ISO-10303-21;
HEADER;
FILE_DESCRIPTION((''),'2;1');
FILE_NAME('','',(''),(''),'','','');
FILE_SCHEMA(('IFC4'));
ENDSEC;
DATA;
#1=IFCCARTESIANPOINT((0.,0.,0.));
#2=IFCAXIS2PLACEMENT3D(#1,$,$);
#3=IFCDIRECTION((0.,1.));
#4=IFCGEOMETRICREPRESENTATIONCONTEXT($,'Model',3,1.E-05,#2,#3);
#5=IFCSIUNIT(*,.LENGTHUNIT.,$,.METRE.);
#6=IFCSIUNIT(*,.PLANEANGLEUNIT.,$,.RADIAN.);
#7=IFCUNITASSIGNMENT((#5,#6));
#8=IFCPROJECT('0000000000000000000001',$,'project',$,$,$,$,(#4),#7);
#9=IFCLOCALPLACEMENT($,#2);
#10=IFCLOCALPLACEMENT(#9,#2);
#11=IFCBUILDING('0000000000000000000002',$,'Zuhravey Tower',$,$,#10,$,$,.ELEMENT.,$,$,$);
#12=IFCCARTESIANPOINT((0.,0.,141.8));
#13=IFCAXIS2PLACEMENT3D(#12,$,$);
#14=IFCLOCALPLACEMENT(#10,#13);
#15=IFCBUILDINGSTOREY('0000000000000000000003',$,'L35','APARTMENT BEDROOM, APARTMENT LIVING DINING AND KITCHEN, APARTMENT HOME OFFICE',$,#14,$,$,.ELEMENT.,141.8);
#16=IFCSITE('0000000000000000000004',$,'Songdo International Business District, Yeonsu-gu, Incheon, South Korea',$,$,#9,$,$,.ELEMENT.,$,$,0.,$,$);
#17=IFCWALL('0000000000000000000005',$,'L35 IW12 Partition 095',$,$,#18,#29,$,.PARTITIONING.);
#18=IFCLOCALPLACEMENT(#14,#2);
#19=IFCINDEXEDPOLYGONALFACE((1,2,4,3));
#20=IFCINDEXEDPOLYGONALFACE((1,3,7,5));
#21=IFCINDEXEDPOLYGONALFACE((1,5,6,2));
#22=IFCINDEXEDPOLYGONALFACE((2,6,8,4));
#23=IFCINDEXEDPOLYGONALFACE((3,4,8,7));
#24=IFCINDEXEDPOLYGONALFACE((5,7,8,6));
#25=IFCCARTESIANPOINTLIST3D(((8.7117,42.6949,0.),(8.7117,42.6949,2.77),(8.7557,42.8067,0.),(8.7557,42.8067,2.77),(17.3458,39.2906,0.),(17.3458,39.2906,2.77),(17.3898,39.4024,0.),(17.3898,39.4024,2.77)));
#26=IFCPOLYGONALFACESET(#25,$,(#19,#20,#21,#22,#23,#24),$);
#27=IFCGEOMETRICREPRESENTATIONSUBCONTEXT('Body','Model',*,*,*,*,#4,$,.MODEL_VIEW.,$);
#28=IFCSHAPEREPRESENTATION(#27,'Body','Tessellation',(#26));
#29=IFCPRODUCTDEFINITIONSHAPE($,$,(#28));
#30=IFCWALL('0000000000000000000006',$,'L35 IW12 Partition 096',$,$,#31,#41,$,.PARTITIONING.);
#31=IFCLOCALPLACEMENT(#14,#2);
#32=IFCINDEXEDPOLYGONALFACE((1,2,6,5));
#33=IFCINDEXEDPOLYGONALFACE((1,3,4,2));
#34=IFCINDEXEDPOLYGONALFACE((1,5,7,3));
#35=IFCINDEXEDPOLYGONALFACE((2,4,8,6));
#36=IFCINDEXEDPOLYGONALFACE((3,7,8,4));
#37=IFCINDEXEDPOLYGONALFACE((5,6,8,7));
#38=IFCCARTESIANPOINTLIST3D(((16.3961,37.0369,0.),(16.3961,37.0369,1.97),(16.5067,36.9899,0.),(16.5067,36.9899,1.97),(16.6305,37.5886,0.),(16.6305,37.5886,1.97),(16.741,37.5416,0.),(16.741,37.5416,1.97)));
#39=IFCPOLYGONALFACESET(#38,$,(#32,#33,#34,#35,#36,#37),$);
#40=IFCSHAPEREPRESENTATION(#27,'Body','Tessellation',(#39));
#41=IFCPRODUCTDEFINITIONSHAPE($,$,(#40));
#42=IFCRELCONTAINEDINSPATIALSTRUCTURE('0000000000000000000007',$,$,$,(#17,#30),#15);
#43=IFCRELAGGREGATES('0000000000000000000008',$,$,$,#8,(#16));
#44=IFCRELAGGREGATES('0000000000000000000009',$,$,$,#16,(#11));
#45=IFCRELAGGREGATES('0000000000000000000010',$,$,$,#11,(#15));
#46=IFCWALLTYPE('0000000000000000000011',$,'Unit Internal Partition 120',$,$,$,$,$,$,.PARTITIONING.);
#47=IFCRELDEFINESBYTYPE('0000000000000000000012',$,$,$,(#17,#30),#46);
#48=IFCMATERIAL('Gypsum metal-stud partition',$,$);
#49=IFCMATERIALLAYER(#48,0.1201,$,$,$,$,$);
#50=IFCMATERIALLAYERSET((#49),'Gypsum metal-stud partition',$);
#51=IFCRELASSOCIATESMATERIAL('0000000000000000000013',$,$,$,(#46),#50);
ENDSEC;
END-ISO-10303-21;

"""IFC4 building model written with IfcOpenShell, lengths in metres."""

from ifc_helpers import new_model, si_unit, direction, frame, frame_2d, origin, place, context, subcontext, project, spatial, rectangle, extrude, material, layer, layer_set, type_object, element, save


model = new_model("IFC4")

# Units and contexts
model_context = context("Model", 3, precision=1e-05, world=origin(), true_north=direction((0.0, 1.0)))
body_context = subcontext(model_context, "Body", "Model", "MODEL_VIEW")
ifc_project = project(units=[si_unit("LENGTHUNIT", "METRE"), si_unit("PLANEANGLEUNIT", "RADIAN")], contexts=[model_context])

# Site, building, storey
site_placement = place(None, origin())
site = spatial("IfcSite", under=ifc_project, at=site_placement, Name="Songdo International Business District, Yeonsu-gu, Incheon, South Korea", CompositionType="ELEMENT", RefElevation=0.0)
building_placement = place(site_placement, origin())
building = spatial("IfcBuilding", under=site, at=building_placement, Name="Zuhravey Tower", CompositionType="ELEMENT")
storey_placement = place(building_placement, frame((0.0, 0.0, 141.8)))
storey = spatial("IfcBuildingStorey", under=building, at=storey_placement, Name="L35", Description="APARTMENT BEDROOM, APARTMENT LIVING DINING AND KITCHEN, APARTMENT HOME OFFICE", CompositionType="ELEMENT", Elevation=141.8)

# Shared definitions
ifc_material_1 = material(Name="Gypsum metal-stud partition")
ifc_layer_1 = layer(ifc_material_1, 0.1201)
ifc_layer_set_1 = layer_set([ifc_layer_1], Name="Gypsum metal-stud partition")
wall_type = type_object("IfcWallType", Name="Unit Internal Partition 120", PredefinedType="PARTITIONING", material=ifc_layer_set_1)

# Walls
wall_1_placement = place(storey_placement, frame((17.3679, 39.3464, 0.0), z_axis=(0.0, 0.0, 1.0), x_axis=(-0.930298, 0.366805, 0.0)))
element("IfcWall", 1, at=wall_1_placement, inside=storey, type_object=wall_type, Name="L35 IW12 Partition 095", PredefinedType="PARTITIONING", context=body_context, shape_type="SweptSolid", body=[
    extrude(rectangle(XDim=9.281, YDim=0.1201, at=frame_2d((4.6406, 0.0))), origin(), (0.0, 0.0, 1.0), 2.77),
])
wall_2_placement = place(storey_placement, frame((16.6858, 37.5652, 0.0), z_axis=(0.0, 0.0, 1.0), x_axis=(-0.390968, -0.920404, 0.0)))
element("IfcWall", 2, at=wall_2_placement, inside=storey, type_object=wall_type, Name="L35 IW12 Partition 096", PredefinedType="PARTITIONING", context=body_context, shape_type="SweptSolid", body=[
    extrude(rectangle(XDim=0.5994, YDim=0.1201, at=frame_2d((0.2998, 0.0))), origin(), (0.0, 0.0, 1.0), 1.97),
])

save(model, "model.ifc")
